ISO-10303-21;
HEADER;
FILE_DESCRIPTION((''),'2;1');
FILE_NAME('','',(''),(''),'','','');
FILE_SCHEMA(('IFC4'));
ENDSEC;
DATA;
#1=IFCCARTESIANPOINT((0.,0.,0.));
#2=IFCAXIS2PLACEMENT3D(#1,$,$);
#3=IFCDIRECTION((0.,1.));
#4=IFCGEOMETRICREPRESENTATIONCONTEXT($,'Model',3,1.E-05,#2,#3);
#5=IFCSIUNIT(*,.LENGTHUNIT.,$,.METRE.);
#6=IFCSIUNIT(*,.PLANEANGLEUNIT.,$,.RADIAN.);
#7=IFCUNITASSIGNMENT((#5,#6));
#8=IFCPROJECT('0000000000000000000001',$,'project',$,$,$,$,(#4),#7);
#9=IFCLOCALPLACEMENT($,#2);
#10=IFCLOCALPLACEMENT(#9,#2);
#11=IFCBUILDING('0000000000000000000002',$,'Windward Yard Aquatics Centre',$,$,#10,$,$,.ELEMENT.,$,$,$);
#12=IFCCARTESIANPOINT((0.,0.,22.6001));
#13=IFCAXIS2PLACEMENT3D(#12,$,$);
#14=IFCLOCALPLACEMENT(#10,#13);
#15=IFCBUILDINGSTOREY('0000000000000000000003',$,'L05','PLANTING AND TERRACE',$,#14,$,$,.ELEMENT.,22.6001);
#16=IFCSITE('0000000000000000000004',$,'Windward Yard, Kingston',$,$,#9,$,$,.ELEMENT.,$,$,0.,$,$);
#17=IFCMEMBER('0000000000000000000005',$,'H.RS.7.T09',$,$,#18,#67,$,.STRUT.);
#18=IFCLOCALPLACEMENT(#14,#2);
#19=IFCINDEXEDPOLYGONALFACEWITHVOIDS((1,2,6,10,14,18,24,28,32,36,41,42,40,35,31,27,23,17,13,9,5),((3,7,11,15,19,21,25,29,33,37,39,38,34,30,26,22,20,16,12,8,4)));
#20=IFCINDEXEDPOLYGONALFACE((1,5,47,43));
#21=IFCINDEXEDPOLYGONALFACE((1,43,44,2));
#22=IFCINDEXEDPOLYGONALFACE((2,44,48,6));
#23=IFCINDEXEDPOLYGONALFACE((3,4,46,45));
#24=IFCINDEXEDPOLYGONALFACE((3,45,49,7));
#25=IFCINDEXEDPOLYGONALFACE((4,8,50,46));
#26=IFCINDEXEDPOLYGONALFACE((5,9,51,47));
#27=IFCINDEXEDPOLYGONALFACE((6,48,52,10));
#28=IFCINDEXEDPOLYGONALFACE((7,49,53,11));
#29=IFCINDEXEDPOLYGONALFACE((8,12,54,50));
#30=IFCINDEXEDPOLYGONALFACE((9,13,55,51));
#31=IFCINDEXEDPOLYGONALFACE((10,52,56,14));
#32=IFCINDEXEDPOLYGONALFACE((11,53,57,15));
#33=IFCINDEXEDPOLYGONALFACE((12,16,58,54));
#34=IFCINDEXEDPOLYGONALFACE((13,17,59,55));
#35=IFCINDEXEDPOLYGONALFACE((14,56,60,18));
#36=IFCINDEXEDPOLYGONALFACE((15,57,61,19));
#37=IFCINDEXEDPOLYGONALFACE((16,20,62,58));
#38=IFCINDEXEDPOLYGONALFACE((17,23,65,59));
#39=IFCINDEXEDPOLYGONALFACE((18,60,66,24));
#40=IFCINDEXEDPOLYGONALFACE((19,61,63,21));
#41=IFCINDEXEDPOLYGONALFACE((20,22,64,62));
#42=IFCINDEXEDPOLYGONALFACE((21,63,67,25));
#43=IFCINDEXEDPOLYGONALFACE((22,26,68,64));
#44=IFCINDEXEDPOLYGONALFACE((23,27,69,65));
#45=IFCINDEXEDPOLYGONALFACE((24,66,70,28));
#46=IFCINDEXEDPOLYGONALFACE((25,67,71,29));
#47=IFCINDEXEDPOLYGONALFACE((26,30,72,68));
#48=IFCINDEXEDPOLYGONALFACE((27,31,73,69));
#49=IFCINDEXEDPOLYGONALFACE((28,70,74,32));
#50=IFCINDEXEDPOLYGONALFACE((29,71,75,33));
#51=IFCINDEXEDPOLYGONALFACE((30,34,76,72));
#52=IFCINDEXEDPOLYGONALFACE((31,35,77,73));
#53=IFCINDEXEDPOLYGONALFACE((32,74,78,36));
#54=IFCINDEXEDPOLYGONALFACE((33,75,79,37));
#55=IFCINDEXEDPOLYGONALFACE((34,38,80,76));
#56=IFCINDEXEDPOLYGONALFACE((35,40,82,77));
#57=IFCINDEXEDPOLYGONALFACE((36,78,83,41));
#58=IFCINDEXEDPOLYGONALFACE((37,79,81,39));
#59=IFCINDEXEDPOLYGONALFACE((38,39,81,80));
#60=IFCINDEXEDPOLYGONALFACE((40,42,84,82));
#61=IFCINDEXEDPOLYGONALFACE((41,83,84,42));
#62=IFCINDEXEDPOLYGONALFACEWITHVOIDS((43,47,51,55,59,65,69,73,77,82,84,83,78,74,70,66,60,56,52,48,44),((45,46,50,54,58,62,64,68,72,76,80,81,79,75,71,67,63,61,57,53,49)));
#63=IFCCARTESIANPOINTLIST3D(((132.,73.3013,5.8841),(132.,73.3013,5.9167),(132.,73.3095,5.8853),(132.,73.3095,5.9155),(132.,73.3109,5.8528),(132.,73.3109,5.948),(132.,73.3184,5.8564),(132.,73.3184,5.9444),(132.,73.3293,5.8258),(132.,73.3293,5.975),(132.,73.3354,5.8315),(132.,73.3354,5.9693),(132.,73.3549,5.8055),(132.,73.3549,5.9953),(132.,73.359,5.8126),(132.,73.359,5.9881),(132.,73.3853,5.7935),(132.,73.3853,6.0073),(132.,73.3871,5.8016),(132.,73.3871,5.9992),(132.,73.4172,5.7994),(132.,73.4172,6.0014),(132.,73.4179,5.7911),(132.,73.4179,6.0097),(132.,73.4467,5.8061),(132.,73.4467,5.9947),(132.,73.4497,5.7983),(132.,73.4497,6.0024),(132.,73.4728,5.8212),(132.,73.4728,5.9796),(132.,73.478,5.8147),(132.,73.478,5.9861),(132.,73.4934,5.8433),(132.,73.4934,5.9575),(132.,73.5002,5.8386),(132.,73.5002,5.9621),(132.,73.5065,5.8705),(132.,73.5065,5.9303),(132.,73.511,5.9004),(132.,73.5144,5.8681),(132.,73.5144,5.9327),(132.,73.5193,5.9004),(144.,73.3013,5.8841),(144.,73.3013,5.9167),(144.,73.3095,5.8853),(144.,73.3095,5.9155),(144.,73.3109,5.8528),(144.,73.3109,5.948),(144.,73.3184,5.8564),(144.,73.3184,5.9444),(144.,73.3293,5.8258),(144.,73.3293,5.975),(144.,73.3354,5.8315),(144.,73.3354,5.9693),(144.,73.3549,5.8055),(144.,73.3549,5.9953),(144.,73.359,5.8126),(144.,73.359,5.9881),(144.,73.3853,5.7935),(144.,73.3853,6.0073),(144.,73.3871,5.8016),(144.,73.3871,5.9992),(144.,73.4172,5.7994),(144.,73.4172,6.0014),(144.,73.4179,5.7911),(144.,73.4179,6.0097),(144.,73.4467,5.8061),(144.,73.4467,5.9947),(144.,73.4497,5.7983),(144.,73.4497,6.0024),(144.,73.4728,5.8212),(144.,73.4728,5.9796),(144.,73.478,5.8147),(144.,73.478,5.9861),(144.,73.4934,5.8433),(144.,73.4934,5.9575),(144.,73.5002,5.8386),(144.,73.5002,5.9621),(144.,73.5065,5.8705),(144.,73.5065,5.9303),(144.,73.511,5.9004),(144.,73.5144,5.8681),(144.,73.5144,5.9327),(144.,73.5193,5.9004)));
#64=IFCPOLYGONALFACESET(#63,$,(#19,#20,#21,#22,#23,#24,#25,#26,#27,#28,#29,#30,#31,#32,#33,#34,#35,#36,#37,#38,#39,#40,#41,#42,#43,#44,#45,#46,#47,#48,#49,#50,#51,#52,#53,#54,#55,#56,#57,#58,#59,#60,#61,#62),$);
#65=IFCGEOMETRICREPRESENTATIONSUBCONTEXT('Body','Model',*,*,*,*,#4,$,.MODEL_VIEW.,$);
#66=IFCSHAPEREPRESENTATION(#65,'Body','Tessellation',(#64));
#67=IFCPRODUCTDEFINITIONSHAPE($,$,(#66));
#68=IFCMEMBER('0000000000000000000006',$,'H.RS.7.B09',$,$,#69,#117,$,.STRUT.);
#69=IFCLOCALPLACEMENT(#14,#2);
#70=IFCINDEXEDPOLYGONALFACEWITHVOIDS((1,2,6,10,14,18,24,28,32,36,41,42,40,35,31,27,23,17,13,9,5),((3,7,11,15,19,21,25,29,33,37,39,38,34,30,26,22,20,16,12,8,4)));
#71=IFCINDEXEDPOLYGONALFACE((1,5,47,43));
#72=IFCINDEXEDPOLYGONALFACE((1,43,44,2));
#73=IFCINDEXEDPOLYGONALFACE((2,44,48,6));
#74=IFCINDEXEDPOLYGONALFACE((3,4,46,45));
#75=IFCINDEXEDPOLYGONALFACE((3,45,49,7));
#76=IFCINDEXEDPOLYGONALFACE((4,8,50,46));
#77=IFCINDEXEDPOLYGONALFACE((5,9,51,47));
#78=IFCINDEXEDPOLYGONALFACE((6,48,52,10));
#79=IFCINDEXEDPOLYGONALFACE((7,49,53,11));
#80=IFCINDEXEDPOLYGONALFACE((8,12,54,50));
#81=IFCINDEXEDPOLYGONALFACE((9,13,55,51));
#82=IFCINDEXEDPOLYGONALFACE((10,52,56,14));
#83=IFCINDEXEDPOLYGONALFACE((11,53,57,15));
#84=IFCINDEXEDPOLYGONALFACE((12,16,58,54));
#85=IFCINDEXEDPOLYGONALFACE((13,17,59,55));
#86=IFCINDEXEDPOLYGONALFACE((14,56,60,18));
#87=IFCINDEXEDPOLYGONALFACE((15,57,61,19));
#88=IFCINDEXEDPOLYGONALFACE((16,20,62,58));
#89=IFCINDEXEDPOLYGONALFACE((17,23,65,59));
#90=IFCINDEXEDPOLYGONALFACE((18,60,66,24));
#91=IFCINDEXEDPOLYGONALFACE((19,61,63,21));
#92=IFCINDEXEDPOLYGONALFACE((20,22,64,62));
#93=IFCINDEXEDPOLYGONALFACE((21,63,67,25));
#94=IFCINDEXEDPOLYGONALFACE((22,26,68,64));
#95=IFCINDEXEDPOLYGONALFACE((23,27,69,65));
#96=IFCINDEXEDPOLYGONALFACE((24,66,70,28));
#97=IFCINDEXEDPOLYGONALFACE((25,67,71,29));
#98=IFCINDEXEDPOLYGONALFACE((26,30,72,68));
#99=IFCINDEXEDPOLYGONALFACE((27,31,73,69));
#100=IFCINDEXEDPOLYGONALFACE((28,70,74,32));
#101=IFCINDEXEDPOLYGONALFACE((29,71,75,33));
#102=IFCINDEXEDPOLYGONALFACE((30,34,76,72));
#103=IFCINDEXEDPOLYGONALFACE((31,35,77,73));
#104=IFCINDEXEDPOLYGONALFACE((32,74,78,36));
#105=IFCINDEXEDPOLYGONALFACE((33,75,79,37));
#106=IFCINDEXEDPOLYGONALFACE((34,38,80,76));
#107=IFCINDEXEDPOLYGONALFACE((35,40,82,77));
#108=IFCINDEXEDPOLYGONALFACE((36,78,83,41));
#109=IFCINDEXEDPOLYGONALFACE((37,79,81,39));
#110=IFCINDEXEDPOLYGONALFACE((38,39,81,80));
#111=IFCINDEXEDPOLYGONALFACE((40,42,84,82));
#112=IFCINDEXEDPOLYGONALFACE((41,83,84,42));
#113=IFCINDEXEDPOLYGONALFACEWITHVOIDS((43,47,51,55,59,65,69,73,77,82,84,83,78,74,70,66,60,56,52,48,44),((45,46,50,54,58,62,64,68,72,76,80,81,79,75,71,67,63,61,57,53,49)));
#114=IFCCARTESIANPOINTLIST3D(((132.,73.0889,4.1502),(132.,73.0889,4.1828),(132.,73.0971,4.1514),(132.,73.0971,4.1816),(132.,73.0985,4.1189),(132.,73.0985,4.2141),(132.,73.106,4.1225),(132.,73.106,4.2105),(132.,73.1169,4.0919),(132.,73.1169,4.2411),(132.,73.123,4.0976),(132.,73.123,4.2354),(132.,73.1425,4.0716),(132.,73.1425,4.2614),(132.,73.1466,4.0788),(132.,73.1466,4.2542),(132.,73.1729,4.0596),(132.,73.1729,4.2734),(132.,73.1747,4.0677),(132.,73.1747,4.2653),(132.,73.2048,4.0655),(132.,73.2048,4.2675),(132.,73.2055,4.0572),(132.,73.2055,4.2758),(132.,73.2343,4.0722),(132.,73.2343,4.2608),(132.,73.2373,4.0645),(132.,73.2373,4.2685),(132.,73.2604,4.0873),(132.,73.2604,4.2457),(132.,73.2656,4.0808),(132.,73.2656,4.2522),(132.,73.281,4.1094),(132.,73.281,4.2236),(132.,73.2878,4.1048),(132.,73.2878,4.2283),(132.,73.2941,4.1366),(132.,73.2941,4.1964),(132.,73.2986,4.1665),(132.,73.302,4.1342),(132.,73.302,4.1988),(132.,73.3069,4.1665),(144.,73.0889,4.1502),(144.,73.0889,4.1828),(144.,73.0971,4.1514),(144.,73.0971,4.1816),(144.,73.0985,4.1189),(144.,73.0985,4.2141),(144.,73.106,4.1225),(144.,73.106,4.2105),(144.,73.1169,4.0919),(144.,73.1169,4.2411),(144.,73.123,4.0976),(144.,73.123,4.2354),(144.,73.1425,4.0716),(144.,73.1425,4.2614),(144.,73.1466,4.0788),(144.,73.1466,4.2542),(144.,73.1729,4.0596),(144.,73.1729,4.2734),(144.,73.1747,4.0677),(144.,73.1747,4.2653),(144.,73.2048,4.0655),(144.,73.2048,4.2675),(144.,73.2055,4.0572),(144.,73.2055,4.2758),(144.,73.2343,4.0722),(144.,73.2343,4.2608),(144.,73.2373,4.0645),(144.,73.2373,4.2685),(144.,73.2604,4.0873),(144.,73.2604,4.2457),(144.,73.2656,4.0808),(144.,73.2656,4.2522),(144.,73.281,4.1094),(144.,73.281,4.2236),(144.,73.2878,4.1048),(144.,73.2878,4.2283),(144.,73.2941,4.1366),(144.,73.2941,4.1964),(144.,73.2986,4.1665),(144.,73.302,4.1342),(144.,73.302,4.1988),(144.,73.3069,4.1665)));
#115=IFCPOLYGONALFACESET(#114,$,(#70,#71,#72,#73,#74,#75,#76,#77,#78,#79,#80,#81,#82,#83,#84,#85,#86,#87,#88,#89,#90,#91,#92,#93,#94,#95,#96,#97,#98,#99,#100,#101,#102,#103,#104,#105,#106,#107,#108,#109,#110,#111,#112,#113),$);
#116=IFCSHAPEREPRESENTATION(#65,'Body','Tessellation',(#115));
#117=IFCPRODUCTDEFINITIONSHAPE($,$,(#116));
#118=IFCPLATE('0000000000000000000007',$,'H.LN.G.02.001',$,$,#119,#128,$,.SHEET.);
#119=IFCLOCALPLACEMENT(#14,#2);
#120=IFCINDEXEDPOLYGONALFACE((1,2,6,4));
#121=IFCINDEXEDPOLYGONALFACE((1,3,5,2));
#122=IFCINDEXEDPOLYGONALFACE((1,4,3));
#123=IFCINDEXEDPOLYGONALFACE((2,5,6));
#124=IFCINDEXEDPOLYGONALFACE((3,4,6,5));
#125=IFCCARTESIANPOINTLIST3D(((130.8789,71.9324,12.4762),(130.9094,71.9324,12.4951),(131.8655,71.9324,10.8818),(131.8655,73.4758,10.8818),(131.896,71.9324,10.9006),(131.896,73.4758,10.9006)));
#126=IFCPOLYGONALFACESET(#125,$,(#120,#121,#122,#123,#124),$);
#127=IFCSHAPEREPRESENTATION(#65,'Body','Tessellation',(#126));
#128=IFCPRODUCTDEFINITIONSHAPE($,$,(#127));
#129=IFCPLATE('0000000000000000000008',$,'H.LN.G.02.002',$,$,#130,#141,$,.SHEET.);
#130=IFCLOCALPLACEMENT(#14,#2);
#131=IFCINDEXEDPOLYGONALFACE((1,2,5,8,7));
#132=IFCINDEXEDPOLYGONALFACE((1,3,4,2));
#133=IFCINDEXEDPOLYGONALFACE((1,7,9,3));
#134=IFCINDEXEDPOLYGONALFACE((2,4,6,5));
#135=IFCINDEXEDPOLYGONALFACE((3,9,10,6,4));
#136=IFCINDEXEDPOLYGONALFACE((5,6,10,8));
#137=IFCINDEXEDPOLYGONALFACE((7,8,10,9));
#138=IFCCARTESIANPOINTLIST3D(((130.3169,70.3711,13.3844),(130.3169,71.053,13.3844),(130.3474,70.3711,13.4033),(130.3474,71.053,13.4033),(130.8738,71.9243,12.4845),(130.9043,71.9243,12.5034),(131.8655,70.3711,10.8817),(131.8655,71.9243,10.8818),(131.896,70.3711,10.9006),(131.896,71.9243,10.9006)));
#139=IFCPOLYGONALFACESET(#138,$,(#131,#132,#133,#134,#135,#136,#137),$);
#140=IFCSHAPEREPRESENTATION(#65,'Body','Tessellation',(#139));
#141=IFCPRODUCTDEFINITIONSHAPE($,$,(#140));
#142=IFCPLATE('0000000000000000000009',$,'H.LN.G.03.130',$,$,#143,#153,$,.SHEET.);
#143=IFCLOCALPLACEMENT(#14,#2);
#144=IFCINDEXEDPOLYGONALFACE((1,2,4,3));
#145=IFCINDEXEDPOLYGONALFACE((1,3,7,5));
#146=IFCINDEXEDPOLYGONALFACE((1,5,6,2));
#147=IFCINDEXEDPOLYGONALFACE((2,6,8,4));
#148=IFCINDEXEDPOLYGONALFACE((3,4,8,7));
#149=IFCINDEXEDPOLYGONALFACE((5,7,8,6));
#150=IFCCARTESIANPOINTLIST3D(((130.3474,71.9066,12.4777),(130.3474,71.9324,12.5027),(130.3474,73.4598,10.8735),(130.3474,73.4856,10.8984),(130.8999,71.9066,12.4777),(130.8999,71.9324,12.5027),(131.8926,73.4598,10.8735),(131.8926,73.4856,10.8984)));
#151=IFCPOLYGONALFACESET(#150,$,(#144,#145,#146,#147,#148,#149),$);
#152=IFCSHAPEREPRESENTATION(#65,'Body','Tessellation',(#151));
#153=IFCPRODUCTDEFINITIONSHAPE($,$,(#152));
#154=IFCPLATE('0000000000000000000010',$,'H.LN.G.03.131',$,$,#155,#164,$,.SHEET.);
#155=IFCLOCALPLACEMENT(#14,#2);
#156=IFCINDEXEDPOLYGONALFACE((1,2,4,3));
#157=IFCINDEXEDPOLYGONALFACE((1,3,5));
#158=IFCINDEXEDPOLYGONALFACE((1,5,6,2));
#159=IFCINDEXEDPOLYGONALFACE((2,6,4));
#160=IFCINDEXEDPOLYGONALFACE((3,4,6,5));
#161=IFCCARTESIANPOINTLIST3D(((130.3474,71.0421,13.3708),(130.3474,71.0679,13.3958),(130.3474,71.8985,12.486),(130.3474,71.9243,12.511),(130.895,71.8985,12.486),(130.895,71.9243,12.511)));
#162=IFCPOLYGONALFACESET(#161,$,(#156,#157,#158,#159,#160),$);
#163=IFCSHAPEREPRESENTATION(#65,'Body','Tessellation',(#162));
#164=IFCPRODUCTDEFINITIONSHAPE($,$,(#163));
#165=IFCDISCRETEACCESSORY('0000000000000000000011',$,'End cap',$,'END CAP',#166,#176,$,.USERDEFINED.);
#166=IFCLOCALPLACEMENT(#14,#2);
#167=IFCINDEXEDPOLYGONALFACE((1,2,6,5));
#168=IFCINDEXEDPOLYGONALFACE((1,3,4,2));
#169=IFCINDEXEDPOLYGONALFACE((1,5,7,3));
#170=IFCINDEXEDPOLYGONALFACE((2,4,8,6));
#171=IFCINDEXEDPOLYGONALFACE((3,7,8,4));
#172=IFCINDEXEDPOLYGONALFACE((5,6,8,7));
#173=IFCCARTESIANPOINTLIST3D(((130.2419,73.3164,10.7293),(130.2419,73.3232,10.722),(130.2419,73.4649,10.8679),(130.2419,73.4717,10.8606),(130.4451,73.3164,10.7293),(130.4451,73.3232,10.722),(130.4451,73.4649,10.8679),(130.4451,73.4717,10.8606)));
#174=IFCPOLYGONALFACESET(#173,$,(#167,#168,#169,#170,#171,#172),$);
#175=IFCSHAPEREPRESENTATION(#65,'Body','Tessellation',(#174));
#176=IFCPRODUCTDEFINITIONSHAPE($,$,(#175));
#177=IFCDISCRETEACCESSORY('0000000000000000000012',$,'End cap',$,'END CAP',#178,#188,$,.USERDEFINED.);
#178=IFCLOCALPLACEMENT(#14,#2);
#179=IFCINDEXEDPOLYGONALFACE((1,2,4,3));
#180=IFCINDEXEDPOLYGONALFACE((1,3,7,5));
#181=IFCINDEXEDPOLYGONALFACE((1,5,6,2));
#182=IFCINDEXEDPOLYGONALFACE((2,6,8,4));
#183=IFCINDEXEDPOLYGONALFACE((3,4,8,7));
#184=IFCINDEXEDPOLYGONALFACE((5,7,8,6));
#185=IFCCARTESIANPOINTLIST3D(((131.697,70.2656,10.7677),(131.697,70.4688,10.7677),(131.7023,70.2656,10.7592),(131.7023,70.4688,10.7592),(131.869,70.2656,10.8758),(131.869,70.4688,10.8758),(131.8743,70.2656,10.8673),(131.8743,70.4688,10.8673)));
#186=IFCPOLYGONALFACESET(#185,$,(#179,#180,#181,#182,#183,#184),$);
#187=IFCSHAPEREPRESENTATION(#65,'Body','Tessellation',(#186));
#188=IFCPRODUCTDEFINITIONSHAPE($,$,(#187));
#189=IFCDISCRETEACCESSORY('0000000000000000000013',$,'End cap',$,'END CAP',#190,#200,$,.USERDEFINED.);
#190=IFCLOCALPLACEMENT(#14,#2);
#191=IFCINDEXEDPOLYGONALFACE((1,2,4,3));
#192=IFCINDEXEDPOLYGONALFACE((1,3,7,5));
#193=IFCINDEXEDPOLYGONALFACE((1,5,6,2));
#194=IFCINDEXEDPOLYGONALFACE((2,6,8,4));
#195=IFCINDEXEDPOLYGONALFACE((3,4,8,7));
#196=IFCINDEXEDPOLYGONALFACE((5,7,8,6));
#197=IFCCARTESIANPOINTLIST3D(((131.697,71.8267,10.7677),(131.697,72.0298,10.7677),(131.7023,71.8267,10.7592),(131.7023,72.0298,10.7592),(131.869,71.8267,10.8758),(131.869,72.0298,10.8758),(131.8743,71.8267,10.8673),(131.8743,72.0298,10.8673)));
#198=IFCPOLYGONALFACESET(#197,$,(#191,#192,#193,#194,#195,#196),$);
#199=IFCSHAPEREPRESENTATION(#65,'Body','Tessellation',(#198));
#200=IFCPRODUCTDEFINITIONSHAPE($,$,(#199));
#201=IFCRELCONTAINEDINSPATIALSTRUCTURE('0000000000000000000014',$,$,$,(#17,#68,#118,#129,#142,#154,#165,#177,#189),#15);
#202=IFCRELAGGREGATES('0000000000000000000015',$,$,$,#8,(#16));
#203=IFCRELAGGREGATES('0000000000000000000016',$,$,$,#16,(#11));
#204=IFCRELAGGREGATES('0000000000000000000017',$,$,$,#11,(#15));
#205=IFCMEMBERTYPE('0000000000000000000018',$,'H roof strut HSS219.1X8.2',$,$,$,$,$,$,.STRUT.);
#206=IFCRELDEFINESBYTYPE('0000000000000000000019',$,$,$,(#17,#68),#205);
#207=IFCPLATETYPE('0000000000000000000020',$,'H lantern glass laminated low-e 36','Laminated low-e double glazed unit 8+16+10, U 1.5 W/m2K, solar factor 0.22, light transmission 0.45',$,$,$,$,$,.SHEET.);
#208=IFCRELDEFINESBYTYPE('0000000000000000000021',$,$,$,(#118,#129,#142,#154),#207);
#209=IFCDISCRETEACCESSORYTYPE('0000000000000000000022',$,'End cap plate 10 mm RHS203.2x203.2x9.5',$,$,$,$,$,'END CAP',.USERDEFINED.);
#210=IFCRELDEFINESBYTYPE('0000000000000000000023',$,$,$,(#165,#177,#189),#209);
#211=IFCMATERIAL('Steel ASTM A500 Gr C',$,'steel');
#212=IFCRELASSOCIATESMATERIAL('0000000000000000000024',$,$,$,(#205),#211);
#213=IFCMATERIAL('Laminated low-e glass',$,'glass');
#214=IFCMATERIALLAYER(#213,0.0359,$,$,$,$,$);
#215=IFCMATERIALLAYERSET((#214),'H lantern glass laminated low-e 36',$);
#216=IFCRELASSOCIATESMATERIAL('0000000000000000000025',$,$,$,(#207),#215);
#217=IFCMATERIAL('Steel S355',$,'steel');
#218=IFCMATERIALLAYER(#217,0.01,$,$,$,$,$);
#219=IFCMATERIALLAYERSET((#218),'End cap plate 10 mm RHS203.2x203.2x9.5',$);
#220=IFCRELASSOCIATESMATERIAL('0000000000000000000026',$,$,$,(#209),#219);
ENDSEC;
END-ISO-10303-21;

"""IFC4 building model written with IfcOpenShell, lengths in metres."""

from ifc_helpers import new_model, si_unit, direction, frame, origin, origin_2d, place, context, subcontext, project, spatial, polyline, rectangle, hollow_circle, outline, extrude, material, layer, layer_set, material_profile, profile_set, type_object, element, save


model = new_model("IFC4")

# Units and contexts
model_context = context("Model", 3, precision=1e-05, world=origin(), true_north=direction((0.0, 1.0)))
body_context = subcontext(model_context, "Body", "Model", "MODEL_VIEW")
ifc_project = project(units=[si_unit("LENGTHUNIT", "METRE"), si_unit("PLANEANGLEUNIT", "RADIAN")], contexts=[model_context])

# Site, building, storey
site_placement = place(None, origin())
site = spatial("IfcSite", under=ifc_project, at=site_placement, Name="Windward Yard, Kingston", CompositionType="ELEMENT", RefElevation=0.0)
building_placement = place(site_placement, origin())
building = spatial("IfcBuilding", under=site, at=building_placement, Name="Windward Yard Aquatics Centre", CompositionType="ELEMENT")
storey_placement = place(building_placement, frame((0.0, 0.0, 22.6001)))
storey = spatial("IfcBuildingStorey", under=building, at=storey_placement, Name="L05", Description="PLANTING AND TERRACE", CompositionType="ELEMENT", Elevation=22.6001)

# Shared definitions
ifc_material_1 = material(Name="Steel ASTM A500 Gr C", Category="steel")

# Members
ifc_material_profile_1 = material_profile(ifc_material_1, hollow_circle(Radius=0.1096, WallThickness=0.0083, at=origin_2d()), Name="HSS219.1X8.2")
ifc_profile_set_1 = profile_set([ifc_material_profile_1], Name="Steel ASTM A500 Gr C")
member_type_1 = type_object("IfcMemberType", Name="H roof strut HSS219.1X8.2", PredefinedType="STRUT", material=ifc_profile_set_1)
for number, where, z_axis, x_axis, name in (
    (1, (132.0, 73.4097, 5.9004), (1.0, 0.0, 0.0), (0.0, 1.0, 0.0), "H.RS.7.T09"),
    (2, (132.0, 73.1973, 4.1665), (1.0, 0.0, 0.0), (0.0, 1.0, 0.0), "H.RS.7.B09"),
):
    element("IfcMember", number, at=place(storey_placement, frame(where, z_axis=z_axis, x_axis=x_axis)), inside=storey, type_object=member_type_1, Name=name, PredefinedType="STRUT", context=body_context, shape_type="SweptSolid", body=[
        extrude(hollow_circle(Radius=0.1096, WallThickness=0.0083, at=origin_2d()), origin(), (0.0, 0.0, 1.0), 12.0),
    ])

# Plates
ifc_material_2 = material(Name="Laminated low-e glass", Category="glass")
ifc_layer_1 = layer(ifc_material_2, 0.0359)
ifc_layer_set_1 = layer_set([ifc_layer_1], Name="H lantern glass laminated low-e 36")
plate_type = type_object("IfcPlateType", Name="H lantern glass laminated low-e 36", Description="Laminated low-e double glazed unit 8+16+10, U 1.5 W/m2K, solar factor 0.22, light transmission 0.45", PredefinedType="SHEET", material=ifc_layer_set_1)
plate_1_placement = place(storey_placement, frame((130.9094, 71.9324, 12.4951), z_axis=(0.850382, 0.0, 0.526166), x_axis=(0.406236, 0.635541, -0.656552)))
element("IfcPlate", 3, at=plate_1_placement, inside=storey, type_object=plate_type, Name="H.LN.G.02.001", PredefinedType="SHEET", context=body_context, shape_type="SweptSolid", body=[
    extrude(outline(polyline([(0.0, 0.0), (2.4286, 0.0), (1.4476, -1.1917), (0.0, 0.0)])), origin(), (0.0, 0.0, -1.0), 0.0359),
])
plate_2_placement = place(storey_placement, frame((130.3474, 70.3711, 13.4033), z_axis=(0.850374, -0.000016, 0.526179), x_axis=(0.000014, 1.0, 0.000009)))
element("IfcPlate", 4, at=plate_2_placement, inside=storey, type_object=plate_type, Name="H.LN.G.02.002", PredefinedType="SHEET", context=body_context, shape_type="SweptSolid", body=[
    extrude(outline(polyline([(0.0, 0.0), (0.6819, 0.0), (1.5532, -1.0583), (1.5532, -2.9431), (0.0, -2.9431), (0.0, 0.0)])), origin(), (0.0, 0.0, -1.0), 0.0359),
])
plate_3_placement = place(storey_placement, frame((130.3474, 71.9324, 12.5027), z_axis=(0.0, 0.71844, 0.695589), x_axis=(0.0, 0.695589, -0.71844)))
element("IfcPlate", 5, at=plate_3_placement, inside=storey, type_object=plate_type, Name="H.LN.G.03.130", PredefinedType="SHEET", context=body_context, shape_type="SweptSolid", body=[
    extrude(outline(polyline([(0.0, 0.0), (2.233, 0.0), (2.233, -1.5452), (0.0, -0.5525), (0.0, 0.0)])), origin(), (0.0, 0.0, -1.0), 0.0359),
])
plate_4_placement = place(storey_placement, frame((130.3474, 71.0679, 13.3958), z_axis=(0.0, 0.718513, 0.695514), x_axis=(0.0, 0.695514, -0.718513)))
element("IfcPlate", 6, at=plate_4_placement, inside=storey, type_object=plate_type, Name="H.LN.G.03.131", PredefinedType="SHEET", context=body_context, shape_type="SweptSolid", body=[
    extrude(outline(polyline([(0.0, 0.0), (1.2314, 0.0), (1.2314, -0.5476), (0.0, 0.0)])), origin(), (0.0, 0.0, -1.0), 0.0359),
])

# Discrete accessories
ifc_material_3 = material(Name="Steel S355", Category="steel")
ifc_layer_2 = layer(ifc_material_3, 0.01)
ifc_layer_set_2 = layer_set([ifc_layer_2], Name="End cap plate 10 mm RHS203.2x203.2x9.5")
discrete_accessory_type_1 = type_object("IfcDiscreteAccessoryType", Name="End cap plate 10 mm RHS203.2x203.2x9.5", ElementType="END CAP", PredefinedType="USERDEFINED", material=ifc_layer_set_2)
for number, where, z_axis, x_axis, name in (
    (7, (130.3435, 73.3975, 10.7913), (0.0, -0.682318, 0.731055), (1.0, 0.0, 0.0), "End cap"),
    (8, (131.7883, 70.3672, 10.8132), (-0.532172, 0.0, 0.846637), (0.0, -1.0, 0.0), "End cap"),
    (9, (131.7883, 71.9282, 10.8132), (-0.532172, 0.0, 0.846637), (0.0, -1.0, 0.0), "End cap"),
):
    element("IfcDiscreteAccessory", number, at=place(storey_placement, frame(where, z_axis=z_axis, x_axis=x_axis)), inside=storey, type_object=discrete_accessory_type_1, Name=name, ObjectType="END CAP", PredefinedType="USERDEFINED", context=body_context, shape_type="SweptSolid", body=[
        extrude(rectangle(XDim=0.2031, YDim=0.2031, at=origin_2d()), origin(), (0.0, 0.0, 1.0), 0.01),
    ])

save(model, "model.ifc")
